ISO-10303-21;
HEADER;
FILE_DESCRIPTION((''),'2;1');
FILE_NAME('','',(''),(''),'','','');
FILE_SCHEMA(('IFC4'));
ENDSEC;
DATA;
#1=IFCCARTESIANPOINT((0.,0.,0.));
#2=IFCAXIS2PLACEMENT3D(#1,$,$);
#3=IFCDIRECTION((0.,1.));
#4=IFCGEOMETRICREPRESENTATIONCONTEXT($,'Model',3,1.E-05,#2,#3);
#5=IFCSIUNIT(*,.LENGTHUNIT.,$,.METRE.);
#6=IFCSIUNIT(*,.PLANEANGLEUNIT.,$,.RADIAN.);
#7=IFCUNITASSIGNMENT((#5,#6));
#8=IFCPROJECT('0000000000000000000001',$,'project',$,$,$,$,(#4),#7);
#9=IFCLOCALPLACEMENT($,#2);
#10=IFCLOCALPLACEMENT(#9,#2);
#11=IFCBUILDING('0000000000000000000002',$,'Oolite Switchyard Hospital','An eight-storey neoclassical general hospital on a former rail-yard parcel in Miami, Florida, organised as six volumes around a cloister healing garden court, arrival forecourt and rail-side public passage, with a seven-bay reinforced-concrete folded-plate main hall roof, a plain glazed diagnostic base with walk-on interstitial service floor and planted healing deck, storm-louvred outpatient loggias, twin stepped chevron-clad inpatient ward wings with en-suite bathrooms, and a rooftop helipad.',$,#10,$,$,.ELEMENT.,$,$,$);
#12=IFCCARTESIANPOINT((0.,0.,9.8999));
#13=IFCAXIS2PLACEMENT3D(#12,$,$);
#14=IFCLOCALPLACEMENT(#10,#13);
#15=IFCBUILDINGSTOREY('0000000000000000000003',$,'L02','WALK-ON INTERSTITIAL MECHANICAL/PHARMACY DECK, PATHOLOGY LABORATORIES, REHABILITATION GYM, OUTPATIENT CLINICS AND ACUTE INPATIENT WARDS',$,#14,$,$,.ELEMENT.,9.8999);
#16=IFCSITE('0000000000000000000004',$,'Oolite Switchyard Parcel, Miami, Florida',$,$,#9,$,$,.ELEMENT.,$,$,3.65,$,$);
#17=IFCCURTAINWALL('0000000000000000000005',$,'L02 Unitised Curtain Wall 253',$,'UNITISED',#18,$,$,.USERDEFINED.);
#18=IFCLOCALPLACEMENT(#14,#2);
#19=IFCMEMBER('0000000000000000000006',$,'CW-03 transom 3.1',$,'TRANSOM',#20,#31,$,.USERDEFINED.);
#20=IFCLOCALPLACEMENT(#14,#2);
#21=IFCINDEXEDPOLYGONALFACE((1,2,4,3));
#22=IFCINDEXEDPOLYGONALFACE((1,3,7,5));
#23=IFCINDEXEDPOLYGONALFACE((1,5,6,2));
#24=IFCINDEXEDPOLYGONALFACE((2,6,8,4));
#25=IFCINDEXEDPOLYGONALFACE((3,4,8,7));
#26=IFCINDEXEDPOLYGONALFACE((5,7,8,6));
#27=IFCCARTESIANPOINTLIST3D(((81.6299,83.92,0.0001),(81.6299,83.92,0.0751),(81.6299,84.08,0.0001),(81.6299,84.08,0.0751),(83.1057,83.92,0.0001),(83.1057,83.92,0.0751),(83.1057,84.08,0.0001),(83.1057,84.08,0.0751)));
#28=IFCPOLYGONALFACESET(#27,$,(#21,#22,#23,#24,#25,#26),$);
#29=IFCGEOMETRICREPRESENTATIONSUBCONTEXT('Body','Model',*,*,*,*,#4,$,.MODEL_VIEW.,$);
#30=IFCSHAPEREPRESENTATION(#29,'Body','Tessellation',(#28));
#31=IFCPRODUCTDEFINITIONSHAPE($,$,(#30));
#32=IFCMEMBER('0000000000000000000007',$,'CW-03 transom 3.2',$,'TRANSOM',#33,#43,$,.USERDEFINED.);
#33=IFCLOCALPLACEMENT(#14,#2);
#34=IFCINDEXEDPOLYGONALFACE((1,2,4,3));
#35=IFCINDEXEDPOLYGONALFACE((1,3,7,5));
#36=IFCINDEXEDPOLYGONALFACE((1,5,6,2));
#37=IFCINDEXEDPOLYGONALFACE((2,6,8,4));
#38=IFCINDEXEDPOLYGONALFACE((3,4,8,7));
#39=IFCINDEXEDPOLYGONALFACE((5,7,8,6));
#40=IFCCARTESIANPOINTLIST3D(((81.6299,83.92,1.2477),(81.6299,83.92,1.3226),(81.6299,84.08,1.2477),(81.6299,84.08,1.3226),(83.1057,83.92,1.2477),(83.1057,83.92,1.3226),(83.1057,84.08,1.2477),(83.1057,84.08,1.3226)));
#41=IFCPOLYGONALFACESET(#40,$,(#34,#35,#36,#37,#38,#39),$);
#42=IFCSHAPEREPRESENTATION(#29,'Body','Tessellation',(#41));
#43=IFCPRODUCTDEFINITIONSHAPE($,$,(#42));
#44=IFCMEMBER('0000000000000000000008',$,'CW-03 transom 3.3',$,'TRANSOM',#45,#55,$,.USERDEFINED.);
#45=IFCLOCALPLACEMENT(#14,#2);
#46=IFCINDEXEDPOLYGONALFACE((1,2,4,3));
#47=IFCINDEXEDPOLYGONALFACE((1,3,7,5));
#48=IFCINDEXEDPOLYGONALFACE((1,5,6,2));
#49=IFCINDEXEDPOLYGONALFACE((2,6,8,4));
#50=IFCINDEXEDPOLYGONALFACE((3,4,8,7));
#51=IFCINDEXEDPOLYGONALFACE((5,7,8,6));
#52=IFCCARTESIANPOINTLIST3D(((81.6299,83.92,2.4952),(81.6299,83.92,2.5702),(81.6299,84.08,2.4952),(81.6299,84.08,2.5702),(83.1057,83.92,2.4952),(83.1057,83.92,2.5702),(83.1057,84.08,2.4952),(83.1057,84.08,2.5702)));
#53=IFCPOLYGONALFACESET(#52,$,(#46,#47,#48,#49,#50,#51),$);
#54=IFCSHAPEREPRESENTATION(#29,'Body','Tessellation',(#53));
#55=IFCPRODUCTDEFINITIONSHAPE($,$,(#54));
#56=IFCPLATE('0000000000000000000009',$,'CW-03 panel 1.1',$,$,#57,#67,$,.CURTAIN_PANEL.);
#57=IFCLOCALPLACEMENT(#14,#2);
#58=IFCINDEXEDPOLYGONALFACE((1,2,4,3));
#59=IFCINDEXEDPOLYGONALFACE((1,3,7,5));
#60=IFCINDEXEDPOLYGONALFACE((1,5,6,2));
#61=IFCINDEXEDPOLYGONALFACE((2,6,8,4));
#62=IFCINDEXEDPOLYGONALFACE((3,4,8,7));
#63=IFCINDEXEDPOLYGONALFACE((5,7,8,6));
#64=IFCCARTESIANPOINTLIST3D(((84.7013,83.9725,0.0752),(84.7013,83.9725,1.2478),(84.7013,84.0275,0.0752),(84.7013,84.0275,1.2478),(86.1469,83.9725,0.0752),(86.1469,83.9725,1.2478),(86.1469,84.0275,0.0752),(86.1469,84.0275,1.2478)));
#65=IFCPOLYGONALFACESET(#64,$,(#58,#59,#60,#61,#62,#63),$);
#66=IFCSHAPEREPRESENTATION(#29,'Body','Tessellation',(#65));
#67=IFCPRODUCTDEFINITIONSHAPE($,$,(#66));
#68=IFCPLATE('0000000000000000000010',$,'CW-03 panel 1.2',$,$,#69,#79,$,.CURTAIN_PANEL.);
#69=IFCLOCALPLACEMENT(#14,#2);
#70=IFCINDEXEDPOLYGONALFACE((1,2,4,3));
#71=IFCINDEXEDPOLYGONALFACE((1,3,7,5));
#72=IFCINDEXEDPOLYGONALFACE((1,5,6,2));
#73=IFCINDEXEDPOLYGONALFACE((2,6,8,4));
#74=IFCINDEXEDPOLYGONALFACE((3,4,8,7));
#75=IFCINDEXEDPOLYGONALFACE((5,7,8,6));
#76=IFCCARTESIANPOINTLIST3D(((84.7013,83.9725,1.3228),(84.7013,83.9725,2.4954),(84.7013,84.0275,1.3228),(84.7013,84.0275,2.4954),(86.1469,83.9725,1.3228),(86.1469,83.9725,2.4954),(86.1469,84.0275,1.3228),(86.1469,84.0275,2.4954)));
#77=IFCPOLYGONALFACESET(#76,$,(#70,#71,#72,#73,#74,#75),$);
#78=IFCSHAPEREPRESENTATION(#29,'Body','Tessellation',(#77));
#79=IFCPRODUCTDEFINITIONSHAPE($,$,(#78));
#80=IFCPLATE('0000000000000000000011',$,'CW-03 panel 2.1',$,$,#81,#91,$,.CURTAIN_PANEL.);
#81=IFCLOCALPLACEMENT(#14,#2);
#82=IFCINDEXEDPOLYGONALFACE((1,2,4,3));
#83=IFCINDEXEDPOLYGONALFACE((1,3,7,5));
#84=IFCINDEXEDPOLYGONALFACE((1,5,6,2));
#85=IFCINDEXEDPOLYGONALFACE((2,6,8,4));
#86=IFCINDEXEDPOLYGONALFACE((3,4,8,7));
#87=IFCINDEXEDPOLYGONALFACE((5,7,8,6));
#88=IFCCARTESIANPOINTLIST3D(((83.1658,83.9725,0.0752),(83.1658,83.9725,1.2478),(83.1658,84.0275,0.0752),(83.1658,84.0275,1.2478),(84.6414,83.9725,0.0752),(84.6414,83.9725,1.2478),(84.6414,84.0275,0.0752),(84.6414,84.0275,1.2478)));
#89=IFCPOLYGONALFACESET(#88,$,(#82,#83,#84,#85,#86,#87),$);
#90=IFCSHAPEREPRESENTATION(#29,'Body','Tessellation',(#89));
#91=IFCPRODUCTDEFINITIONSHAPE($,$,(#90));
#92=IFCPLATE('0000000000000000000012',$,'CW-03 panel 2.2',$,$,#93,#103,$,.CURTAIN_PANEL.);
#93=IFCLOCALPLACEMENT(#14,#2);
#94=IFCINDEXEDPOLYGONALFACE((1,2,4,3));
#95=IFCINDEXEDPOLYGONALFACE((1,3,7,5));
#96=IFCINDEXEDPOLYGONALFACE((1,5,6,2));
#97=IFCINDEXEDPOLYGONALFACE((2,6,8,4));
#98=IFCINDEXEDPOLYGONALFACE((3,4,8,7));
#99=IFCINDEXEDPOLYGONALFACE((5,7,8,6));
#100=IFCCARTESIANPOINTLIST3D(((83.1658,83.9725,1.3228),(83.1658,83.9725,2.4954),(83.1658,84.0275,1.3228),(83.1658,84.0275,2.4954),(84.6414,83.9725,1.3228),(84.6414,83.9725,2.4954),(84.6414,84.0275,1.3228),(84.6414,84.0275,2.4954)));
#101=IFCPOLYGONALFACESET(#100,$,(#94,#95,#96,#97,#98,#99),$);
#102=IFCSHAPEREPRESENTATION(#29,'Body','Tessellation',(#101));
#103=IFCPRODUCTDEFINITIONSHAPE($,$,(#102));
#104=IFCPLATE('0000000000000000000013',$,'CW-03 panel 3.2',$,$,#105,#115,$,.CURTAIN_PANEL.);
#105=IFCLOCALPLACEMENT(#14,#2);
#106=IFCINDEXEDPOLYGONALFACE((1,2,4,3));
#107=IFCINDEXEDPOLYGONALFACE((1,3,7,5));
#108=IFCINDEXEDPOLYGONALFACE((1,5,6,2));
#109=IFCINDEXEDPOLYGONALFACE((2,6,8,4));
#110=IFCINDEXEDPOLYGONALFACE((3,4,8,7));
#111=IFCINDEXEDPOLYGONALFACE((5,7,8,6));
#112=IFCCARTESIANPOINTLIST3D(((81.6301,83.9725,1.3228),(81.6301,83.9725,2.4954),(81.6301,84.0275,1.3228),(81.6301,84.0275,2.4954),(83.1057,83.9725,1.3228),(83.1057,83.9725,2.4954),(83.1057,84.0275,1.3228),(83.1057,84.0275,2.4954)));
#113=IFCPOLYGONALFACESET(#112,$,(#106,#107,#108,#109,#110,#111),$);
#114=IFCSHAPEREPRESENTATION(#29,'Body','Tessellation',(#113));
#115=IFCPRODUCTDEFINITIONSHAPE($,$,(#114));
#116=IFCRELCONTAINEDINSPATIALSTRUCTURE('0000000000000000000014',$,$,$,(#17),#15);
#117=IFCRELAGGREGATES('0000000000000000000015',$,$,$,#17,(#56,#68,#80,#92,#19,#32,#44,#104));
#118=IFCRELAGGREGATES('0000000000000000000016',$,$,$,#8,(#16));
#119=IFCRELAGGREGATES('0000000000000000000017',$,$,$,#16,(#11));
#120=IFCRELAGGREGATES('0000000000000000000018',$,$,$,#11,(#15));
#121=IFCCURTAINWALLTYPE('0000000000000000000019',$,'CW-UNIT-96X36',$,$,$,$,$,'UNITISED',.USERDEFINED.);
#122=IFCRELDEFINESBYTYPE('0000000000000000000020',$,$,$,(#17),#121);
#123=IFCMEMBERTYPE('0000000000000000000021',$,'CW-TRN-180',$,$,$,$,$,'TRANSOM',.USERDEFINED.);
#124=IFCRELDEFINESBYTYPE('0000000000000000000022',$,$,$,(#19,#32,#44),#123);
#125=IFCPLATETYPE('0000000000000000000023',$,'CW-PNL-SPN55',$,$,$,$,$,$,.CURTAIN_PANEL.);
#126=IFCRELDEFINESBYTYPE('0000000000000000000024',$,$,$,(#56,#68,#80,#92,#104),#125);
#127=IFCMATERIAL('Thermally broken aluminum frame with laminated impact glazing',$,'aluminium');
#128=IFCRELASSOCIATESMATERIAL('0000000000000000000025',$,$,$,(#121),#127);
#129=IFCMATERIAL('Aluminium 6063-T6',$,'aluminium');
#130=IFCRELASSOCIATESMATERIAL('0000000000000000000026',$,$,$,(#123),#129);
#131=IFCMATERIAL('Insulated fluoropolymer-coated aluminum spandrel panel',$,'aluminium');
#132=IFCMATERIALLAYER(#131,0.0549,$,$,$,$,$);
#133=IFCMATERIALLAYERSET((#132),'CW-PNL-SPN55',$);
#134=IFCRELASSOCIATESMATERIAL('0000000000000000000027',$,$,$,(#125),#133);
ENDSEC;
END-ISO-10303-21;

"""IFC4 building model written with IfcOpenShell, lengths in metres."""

from ifc_helpers import new_model, si_unit, direction, frame, origin, origin_2d, place, context, subcontext, project, spatial, rectangle, extrude, material, layer, layer_set, material_profile, profile_set, type_object, element, aggregate, save


model = new_model("IFC4")

# Units and contexts
model_context = context("Model", 3, precision=1e-05, world=origin(), true_north=direction((0.0, 1.0)))
body_context = subcontext(model_context, "Body", "Model", "MODEL_VIEW")
ifc_project = project(units=[si_unit("LENGTHUNIT", "METRE"), si_unit("PLANEANGLEUNIT", "RADIAN")], contexts=[model_context])

# Site, building, storey
site_placement = place(None, origin())
site = spatial("IfcSite", under=ifc_project, at=site_placement, Name="Oolite Switchyard Parcel, Miami, Florida", CompositionType="ELEMENT", RefElevation=3.65)
building_placement = place(site_placement, origin())
building = spatial("IfcBuilding", under=site, at=building_placement, Name="Oolite Switchyard Hospital", Description="An eight-storey neoclassical general hospital on a former rail-yard parcel in Miami, Florida, organised as six volumes around a cloister healing garden court, arrival forecourt and rail-side public passage, with a seven-bay reinforced-concrete folded-plate main hall roof, a plain glazed diagnostic base with walk-on interstitial service floor and planted healing deck, storm-louvred outpatient loggias, twin stepped chevron-clad inpatient ward wings with en-suite bathrooms, and a rooftop helipad.", CompositionType="ELEMENT")
storey_placement = place(building_placement, frame((0.0, 0.0, 9.8999)))
storey = spatial("IfcBuildingStorey", under=building, at=storey_placement, Name="L02", Description="WALK-ON INTERSTITIAL MECHANICAL/PHARMACY DECK, PATHOLOGY LABORATORIES, REHABILITATION GYM, OUTPATIENT CLINICS AND ACUTE INPATIENT WARDS", CompositionType="ELEMENT", Elevation=9.8999)

# Curtain wall
ifc_material_1 = material(Name="Thermally broken aluminum frame with laminated impact glazing", Category="aluminium")
curtain_wall_type = type_object("IfcCurtainWallType", Name="CW-UNIT-96X36", ElementType="UNITISED", PredefinedType="USERDEFINED", material=ifc_material_1)
curtain_wall_1_placement = place(storey_placement, origin())
curtain_wall_1 = element("IfcCurtainWall", 1, at=curtain_wall_1_placement, inside=storey, type_object=curtain_wall_type, Name="L02 Unitised Curtain Wall 253", ObjectType="UNITISED", PredefinedType="USERDEFINED")
ifc_material_2 = material(Name="Aluminium 6063-T6", Category="aluminium")

# Members
ifc_material_profile_1 = material_profile(ifc_material_2, rectangle(XDim=0.1599, YDim=0.075, at=origin_2d()), Name="CWT75X160")
ifc_profile_set_1 = profile_set([ifc_material_profile_1], Name="Aluminium 6063-T6")
member_type_1 = type_object("IfcMemberType", Name="CW-TRN-180", ElementType="TRANSOM", PredefinedType="USERDEFINED", material=ifc_profile_set_1)
member_1_placement = place(storey_placement, frame((83.1057, 84.0, 0.0376), z_axis=(-1.0, 0.0, 0.0), x_axis=(0.0, -1.0, 0.0)))
member_1 = element("IfcMember", 2, at=member_1_placement, type_object=member_type_1, Name="CW-03 transom 3.1", ObjectType="TRANSOM", PredefinedType="USERDEFINED", context=body_context, shape_type="SweptSolid", body=[
    extrude(rectangle(XDim=0.1599, YDim=0.075, at=origin_2d()), origin(), (0.0, 0.0, 1.0), 1.4758),
])
member_2_placement = place(storey_placement, frame((83.1057, 84.0, 1.2852), z_axis=(-1.0, 0.0, 0.0), x_axis=(0.0, -1.0, 0.0)))
member_2 = element("IfcMember", 3, at=member_2_placement, type_object=member_type_1, Name="CW-03 transom 3.2", ObjectType="TRANSOM", PredefinedType="USERDEFINED", context=body_context, shape_type="SweptSolid", body=[
    extrude(rectangle(XDim=0.1599, YDim=0.075, at=origin_2d()), origin(), (0.0, 0.0, 1.0), 1.4758),
])
member_3_placement = place(storey_placement, frame((83.1057, 84.0, 2.5327), z_axis=(-1.0, 0.0, 0.0), x_axis=(0.0, -1.0, 0.0)))
member_3 = element("IfcMember", 4, at=member_3_placement, type_object=member_type_1, Name="CW-03 transom 3.3", ObjectType="TRANSOM", PredefinedType="USERDEFINED", context=body_context, shape_type="SweptSolid", body=[
    extrude(rectangle(XDim=0.1599, YDim=0.075, at=origin_2d()), origin(), (0.0, 0.0, 1.0), 1.4758),
])

# Plates
ifc_material_3 = material(Name="Insulated fluoropolymer-coated aluminum spandrel panel", Category="aluminium")
ifc_layer = layer(ifc_material_3, 0.0549)
ifc_layer_set = layer_set([ifc_layer], Name="CW-PNL-SPN55")
plate_type = type_object("IfcPlateType", Name="CW-PNL-SPN55", PredefinedType="CURTAIN_PANEL", material=ifc_layer_set)
plate_1_placement = place(storey_placement, frame((85.4241, 84.0, 0.0752), z_axis=(0.0, 0.0, 1.0), x_axis=(-1.0, 0.0, 0.0)))
plate_1 = element("IfcPlate", 5, at=plate_1_placement, type_object=plate_type, Name="CW-03 panel 1.1", PredefinedType="CURTAIN_PANEL", context=body_context, shape_type="SweptSolid", body=[
    extrude(rectangle(XDim=1.4456, YDim=0.0549, at=origin_2d()), origin(), (0.0, 0.0, 1.0), 1.1726),
])
plate_2_placement = place(storey_placement, frame((85.4241, 84.0, 1.3228), z_axis=(0.0, 0.0, 1.0), x_axis=(-1.0, 0.0, 0.0)))
plate_2 = element("IfcPlate", 6, at=plate_2_placement, type_object=plate_type, Name="CW-03 panel 1.2", PredefinedType="CURTAIN_PANEL", context=body_context, shape_type="SweptSolid", body=[
    extrude(rectangle(XDim=1.4456, YDim=0.0549, at=origin_2d()), origin(), (0.0, 0.0, 1.0), 1.1726),
])
plate_3_placement = place(storey_placement, frame((83.9036, 84.0, 0.0752), z_axis=(0.0, 0.0, 1.0), x_axis=(-1.0, 0.0, 0.0)))
plate_3 = element("IfcPlate", 7, at=plate_3_placement, type_object=plate_type, Name="CW-03 panel 2.1", PredefinedType="CURTAIN_PANEL", context=body_context, shape_type="SweptSolid", body=[
    extrude(rectangle(XDim=1.4756, YDim=0.0549, at=origin_2d()), origin(), (0.0, 0.0, 1.0), 1.1726),
])
plate_4_placement = place(storey_placement, frame((83.9036, 84.0, 1.3228), z_axis=(0.0, 0.0, 1.0), x_axis=(-1.0, 0.0, 0.0)))
plate_4 = element("IfcPlate", 8, at=plate_4_placement, type_object=plate_type, Name="CW-03 panel 2.2", PredefinedType="CURTAIN_PANEL", context=body_context, shape_type="SweptSolid", body=[
    extrude(rectangle(XDim=1.4756, YDim=0.0549, at=origin_2d()), origin(), (0.0, 0.0, 1.0), 1.1726),
])
plate_5_placement = place(storey_placement, frame((82.3679, 84.0, 1.3228), z_axis=(0.0, 0.0, 1.0), x_axis=(-1.0, 0.0, 0.0)))
plate_5 = element("IfcPlate", 9, at=plate_5_placement, type_object=plate_type, Name="CW-03 panel 3.2", PredefinedType="CURTAIN_PANEL", context=body_context, shape_type="SweptSolid", body=[
    extrude(rectangle(XDim=1.4756, YDim=0.0549, at=origin_2d()), origin(), (0.0, 0.0, 1.0), 1.1726),
])
aggregate(curtain_wall_1, [plate_1, plate_2, plate_3, plate_4, member_1, member_2, member_3, plate_5])

save(model, "model.ifc")
